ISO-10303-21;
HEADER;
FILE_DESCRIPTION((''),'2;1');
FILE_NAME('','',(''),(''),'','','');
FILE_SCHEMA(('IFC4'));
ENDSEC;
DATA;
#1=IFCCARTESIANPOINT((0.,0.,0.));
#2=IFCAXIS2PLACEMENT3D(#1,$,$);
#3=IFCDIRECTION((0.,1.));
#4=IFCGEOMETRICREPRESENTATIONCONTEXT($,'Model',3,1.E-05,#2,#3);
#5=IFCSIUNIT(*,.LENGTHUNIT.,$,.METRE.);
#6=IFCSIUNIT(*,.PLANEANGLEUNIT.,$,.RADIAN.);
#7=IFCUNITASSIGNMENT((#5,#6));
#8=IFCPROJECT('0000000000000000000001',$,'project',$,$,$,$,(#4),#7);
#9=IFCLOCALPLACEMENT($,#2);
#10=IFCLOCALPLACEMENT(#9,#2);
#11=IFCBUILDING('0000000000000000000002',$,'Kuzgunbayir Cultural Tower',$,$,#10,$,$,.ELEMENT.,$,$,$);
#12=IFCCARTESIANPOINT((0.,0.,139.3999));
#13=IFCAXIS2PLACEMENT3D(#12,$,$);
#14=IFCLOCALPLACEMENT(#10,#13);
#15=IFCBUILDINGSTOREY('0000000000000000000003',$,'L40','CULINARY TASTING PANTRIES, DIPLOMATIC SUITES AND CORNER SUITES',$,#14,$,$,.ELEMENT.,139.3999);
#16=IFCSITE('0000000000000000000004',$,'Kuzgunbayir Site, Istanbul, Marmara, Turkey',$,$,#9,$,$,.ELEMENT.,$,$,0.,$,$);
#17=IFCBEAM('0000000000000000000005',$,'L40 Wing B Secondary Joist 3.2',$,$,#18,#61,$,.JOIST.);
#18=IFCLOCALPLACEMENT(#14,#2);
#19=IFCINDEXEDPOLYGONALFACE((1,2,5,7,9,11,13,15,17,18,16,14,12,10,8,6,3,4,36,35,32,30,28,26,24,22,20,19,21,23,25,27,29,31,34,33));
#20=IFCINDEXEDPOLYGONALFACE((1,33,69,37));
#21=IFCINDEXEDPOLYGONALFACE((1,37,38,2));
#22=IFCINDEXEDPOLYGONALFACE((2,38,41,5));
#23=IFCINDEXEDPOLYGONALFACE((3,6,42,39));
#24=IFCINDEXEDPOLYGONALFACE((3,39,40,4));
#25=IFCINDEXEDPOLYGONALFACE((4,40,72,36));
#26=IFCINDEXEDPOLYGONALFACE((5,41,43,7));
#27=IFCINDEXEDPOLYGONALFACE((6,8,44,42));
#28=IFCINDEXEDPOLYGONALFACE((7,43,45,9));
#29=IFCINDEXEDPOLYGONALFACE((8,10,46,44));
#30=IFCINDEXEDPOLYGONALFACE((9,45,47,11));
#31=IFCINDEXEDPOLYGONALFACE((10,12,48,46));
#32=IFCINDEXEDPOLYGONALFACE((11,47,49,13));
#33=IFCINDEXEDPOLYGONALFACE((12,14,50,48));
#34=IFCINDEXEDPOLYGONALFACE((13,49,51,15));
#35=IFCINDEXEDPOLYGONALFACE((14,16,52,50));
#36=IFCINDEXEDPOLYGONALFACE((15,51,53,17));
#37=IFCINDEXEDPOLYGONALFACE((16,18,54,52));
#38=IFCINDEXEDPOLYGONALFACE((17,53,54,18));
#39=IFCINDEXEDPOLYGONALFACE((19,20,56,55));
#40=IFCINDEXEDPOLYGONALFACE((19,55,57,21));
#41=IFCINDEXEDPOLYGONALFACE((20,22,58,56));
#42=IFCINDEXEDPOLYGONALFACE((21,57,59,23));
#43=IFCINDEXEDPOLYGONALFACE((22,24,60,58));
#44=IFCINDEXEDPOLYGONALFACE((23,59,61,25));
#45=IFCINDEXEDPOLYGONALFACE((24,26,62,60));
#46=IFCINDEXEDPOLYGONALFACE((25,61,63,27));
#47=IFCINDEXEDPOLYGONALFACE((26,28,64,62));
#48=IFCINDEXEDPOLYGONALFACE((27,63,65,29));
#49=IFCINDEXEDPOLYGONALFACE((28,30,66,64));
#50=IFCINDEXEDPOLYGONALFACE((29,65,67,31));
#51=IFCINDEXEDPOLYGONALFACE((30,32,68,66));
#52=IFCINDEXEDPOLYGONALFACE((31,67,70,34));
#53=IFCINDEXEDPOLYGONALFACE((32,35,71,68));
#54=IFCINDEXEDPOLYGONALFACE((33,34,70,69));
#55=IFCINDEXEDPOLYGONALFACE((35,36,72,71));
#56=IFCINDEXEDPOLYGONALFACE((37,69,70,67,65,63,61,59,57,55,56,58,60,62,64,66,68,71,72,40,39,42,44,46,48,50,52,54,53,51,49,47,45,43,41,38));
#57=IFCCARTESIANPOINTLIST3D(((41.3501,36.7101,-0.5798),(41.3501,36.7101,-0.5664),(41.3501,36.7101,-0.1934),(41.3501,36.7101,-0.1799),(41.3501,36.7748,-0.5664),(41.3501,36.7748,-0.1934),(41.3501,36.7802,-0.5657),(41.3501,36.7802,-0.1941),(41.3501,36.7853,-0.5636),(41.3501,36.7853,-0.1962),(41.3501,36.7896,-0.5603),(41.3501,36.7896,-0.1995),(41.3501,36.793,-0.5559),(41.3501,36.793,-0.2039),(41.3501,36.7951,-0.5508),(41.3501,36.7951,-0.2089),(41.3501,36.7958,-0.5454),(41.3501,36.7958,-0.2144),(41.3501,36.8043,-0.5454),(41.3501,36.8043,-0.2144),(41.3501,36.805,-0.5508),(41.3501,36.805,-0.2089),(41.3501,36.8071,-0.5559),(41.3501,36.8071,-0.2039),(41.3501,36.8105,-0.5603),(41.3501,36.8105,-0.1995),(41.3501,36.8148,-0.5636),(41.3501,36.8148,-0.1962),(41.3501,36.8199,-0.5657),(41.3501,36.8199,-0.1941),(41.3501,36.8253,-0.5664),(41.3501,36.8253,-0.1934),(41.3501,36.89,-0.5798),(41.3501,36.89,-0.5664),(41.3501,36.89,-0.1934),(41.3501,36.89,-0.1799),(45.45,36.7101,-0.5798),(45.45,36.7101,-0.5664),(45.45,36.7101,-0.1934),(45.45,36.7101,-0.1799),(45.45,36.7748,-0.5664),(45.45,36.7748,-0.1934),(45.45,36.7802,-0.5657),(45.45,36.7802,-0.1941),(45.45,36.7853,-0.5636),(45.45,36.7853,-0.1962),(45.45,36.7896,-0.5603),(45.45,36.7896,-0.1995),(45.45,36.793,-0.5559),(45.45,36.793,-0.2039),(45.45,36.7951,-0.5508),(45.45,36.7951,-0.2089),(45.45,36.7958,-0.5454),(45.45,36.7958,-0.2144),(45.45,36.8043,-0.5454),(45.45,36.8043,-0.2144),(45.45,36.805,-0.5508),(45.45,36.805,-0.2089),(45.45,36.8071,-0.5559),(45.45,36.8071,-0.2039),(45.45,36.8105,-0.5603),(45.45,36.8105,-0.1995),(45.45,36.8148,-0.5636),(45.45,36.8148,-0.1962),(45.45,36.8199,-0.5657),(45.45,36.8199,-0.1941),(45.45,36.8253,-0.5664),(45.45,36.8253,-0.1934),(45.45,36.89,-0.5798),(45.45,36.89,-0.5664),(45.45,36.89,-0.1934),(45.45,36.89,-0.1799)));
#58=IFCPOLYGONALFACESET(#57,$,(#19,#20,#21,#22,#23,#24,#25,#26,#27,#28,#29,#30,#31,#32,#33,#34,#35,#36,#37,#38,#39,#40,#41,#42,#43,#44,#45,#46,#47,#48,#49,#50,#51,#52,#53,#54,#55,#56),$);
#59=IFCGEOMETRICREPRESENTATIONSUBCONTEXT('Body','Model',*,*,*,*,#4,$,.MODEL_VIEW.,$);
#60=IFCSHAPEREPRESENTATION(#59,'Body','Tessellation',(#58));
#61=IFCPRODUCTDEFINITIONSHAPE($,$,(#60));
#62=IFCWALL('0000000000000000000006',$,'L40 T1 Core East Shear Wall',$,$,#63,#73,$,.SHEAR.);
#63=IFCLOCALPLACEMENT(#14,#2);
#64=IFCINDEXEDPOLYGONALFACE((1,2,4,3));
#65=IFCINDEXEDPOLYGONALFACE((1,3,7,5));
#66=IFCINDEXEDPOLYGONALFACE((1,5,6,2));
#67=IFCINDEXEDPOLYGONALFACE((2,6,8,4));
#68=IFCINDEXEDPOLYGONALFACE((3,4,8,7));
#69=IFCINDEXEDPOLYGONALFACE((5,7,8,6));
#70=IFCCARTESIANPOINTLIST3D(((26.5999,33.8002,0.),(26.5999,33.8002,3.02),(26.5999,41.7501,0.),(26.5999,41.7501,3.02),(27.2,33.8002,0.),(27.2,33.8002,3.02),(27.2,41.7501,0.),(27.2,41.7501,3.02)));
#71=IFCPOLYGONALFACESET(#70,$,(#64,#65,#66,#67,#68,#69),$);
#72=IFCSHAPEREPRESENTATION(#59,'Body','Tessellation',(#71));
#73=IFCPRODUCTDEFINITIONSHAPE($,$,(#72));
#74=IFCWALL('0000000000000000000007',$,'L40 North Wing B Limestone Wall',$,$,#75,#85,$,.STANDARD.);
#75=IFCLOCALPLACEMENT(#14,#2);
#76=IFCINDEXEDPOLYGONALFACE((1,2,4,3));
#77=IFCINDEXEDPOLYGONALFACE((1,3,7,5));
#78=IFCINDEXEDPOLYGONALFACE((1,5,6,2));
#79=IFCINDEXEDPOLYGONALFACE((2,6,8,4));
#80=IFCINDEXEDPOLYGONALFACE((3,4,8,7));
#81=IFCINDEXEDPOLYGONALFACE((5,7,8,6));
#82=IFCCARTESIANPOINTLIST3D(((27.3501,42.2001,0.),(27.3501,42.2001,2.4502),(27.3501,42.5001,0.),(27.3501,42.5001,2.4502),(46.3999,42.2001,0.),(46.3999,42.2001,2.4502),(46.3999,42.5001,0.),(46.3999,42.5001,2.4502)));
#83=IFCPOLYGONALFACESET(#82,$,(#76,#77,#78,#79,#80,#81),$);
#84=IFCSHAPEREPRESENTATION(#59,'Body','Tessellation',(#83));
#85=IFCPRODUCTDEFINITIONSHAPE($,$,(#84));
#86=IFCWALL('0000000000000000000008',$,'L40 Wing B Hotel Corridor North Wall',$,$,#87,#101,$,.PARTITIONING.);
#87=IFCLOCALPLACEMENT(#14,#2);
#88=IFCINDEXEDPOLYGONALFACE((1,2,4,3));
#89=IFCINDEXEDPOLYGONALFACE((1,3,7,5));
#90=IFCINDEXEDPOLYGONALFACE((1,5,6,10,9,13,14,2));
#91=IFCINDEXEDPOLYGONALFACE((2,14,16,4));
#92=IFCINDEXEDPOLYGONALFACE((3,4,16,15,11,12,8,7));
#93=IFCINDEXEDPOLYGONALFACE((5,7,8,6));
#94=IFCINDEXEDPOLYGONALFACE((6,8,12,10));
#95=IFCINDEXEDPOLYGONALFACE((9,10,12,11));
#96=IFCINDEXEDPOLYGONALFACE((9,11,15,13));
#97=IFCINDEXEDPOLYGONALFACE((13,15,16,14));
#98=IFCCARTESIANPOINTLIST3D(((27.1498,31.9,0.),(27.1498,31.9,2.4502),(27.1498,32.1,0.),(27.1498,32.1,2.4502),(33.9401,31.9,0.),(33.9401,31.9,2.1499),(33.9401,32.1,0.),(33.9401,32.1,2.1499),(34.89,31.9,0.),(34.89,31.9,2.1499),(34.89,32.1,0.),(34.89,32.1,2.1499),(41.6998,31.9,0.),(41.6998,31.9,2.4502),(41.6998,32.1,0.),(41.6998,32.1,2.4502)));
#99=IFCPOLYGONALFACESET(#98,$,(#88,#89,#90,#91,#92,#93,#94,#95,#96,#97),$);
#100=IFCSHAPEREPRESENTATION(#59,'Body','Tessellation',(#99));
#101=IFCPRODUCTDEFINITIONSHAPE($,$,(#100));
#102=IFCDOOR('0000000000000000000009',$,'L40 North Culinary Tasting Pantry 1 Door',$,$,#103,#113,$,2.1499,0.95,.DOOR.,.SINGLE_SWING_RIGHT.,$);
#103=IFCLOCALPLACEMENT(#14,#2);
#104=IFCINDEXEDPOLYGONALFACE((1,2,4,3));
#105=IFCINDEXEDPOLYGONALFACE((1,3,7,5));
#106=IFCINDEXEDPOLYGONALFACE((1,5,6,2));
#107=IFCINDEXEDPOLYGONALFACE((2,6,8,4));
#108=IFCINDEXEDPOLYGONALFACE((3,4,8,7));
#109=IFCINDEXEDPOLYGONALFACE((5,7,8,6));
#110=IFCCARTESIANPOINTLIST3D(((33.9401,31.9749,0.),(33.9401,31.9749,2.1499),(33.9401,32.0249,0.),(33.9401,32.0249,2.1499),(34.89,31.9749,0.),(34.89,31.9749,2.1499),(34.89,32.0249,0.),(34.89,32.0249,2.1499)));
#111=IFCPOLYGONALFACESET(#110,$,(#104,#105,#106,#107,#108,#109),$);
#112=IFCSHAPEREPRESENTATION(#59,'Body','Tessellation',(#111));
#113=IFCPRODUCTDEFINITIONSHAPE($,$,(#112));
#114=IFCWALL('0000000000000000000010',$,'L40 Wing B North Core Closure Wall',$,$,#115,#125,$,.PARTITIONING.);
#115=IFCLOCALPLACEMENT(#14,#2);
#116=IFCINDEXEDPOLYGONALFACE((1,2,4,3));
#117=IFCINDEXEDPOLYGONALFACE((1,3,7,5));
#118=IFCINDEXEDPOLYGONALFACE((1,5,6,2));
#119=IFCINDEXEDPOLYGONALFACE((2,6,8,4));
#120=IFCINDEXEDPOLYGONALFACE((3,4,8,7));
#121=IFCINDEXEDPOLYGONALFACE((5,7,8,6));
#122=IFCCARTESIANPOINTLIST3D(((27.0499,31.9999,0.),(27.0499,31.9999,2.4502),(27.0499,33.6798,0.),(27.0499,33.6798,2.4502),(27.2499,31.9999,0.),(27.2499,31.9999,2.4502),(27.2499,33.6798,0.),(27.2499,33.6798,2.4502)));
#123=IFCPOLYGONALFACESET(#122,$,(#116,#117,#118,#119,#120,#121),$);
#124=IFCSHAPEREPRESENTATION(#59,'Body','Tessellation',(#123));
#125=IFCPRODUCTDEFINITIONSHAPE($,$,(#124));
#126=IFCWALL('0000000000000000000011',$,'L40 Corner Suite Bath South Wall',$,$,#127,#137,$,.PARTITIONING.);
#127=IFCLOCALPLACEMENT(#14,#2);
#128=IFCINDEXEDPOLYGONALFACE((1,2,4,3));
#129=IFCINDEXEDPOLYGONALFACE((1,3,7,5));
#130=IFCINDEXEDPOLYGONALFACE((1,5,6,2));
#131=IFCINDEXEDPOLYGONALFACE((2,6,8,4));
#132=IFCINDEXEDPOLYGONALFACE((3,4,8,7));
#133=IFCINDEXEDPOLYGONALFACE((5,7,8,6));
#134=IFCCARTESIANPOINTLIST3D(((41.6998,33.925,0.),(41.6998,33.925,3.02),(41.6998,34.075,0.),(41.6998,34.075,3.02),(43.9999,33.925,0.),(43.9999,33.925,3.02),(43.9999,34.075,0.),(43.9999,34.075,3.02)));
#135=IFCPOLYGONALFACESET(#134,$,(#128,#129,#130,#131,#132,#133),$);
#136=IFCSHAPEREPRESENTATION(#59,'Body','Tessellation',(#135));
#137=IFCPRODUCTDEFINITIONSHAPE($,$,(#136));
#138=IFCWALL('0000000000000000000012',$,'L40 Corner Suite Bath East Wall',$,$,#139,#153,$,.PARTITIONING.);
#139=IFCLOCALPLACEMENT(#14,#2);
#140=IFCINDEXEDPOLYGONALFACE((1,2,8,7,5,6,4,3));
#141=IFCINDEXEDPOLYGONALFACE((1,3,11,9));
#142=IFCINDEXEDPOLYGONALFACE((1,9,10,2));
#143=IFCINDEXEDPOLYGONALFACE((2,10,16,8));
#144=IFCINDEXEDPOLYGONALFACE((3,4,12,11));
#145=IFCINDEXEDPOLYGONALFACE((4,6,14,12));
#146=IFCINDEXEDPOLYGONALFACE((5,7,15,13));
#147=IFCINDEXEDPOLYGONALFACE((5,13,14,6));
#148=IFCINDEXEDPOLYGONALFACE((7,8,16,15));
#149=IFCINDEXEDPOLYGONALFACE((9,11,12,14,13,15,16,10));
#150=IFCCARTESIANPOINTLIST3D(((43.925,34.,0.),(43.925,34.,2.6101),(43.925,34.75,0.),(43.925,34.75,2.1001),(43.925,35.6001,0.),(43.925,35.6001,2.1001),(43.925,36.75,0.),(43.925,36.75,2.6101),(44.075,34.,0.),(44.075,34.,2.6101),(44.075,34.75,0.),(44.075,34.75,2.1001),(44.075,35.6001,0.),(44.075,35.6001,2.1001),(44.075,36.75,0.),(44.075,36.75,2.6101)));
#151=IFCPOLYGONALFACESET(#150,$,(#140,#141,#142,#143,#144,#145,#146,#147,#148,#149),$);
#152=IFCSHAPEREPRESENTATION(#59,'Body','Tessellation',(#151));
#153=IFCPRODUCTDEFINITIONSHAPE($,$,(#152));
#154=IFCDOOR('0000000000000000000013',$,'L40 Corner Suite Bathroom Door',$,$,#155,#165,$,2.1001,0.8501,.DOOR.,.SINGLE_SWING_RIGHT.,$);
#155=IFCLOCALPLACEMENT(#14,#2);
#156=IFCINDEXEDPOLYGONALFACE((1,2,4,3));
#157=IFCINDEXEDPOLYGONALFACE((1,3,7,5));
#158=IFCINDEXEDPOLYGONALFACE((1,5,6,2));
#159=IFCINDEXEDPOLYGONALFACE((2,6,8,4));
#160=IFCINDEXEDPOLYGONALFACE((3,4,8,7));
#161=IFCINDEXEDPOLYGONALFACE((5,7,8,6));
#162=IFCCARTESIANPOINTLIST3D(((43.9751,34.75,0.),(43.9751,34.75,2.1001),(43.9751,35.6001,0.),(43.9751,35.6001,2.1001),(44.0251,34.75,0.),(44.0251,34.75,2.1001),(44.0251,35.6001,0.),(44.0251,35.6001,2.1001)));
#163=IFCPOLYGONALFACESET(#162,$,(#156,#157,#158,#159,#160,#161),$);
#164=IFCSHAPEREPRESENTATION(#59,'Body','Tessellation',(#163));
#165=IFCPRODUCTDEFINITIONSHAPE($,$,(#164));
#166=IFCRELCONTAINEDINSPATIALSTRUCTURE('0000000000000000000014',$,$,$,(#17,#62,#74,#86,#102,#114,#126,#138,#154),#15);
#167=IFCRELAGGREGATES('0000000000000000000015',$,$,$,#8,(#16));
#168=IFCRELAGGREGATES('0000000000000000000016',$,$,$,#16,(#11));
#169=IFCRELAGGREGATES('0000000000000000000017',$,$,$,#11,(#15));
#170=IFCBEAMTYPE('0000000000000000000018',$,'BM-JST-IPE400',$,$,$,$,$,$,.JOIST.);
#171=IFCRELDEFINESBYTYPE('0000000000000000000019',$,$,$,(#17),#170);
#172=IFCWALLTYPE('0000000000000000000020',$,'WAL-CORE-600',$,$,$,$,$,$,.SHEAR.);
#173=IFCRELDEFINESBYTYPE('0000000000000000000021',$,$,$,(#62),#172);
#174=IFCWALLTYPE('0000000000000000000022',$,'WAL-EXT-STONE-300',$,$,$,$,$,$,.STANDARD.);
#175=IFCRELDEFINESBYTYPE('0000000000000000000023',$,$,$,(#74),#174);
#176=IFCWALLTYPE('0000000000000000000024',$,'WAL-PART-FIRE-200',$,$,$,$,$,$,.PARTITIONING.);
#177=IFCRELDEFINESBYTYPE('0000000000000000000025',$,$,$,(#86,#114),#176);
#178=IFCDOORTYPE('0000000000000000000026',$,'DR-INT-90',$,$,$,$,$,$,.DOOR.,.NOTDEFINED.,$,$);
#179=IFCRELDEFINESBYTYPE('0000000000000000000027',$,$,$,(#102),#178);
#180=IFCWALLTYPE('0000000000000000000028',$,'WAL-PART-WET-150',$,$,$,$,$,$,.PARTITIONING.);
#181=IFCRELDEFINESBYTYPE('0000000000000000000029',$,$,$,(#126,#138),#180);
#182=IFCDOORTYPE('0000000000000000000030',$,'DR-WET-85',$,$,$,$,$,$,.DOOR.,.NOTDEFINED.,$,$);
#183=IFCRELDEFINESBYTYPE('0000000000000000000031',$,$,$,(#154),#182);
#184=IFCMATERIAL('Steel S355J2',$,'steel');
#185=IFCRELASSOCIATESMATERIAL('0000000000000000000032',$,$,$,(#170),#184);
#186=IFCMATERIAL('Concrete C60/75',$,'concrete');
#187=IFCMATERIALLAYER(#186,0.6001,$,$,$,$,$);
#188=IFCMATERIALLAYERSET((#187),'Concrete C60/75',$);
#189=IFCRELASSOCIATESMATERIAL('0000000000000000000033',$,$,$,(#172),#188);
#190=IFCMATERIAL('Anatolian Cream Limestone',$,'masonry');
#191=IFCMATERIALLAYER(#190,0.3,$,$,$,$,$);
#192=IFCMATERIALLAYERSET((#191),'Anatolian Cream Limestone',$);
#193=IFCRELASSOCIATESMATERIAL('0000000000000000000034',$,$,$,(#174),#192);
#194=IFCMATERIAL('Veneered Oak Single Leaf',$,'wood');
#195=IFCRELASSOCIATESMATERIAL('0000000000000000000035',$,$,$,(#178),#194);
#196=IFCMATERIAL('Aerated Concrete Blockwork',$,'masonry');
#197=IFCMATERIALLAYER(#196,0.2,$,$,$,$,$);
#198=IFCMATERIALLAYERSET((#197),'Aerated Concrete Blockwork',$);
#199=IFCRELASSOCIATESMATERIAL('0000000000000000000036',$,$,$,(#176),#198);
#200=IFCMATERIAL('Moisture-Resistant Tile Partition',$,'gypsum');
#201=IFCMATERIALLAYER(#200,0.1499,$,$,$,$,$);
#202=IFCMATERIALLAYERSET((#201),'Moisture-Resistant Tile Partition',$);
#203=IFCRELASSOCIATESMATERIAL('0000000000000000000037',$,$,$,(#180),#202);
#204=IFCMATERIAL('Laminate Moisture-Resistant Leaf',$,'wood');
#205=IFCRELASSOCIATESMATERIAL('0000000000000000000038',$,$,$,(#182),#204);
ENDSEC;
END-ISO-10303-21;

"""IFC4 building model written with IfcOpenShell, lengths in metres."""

from ifc_helpers import new_model, si_unit, direction, frame, frame_2d, origin, origin_2d, place, context, subcontext, project, spatial, rectangle, i_section, extrude, material, layer, layer_set, material_profile, profile_set, type_object, element, fill, save


model = new_model("IFC4")

# Units and contexts
model_context = context("Model", 3, precision=1e-05, world=origin(), true_north=direction((0.0, 1.0)))
body_context = subcontext(model_context, "Body", "Model", "MODEL_VIEW")
ifc_project = project(units=[si_unit("LENGTHUNIT", "METRE"), si_unit("PLANEANGLEUNIT", "RADIAN")], contexts=[model_context])

# Site, building, storey
site_placement = place(None, origin())
site = spatial("IfcSite", under=ifc_project, at=site_placement, Name="Kuzgunbayir Site, Istanbul, Marmara, Turkey", CompositionType="ELEMENT", RefElevation=0.0)
building_placement = place(site_placement, origin())
building = spatial("IfcBuilding", under=site, at=building_placement, Name="Kuzgunbayir Cultural Tower", CompositionType="ELEMENT")
storey_placement = place(building_placement, frame((0.0, 0.0, 139.3999)))
storey = spatial("IfcBuildingStorey", under=building, at=storey_placement, Name="L40", Description="CULINARY TASTING PANTRIES, DIPLOMATIC SUITES AND CORNER SUITES", CompositionType="ELEMENT", Elevation=139.3999)

# Beam
ifc_material_1 = material(Name="Steel S355J2", Category="steel")
ifc_material_profile_1 = material_profile(ifc_material_1, i_section(OverallWidth=0.1799, OverallDepth=0.3999, WebThickness=0.0085, FlangeThickness=0.0134, FilletRadius=0.021, at=origin_2d()), Name="IPE 400")
ifc_profile_set_1 = profile_set([ifc_material_profile_1], Name="Steel S355J2")
beam_type_1 = type_object("IfcBeamType", Name="BM-JST-IPE400", PredefinedType="JOIST", material=ifc_profile_set_1)
for number, where, z_axis, x_axis, name in (
    (1, (41.3501, 36.8, -0.3799), (1.0, 0.0, 0.0), (0.0, 1.0, 0.0), "L40 Wing B Secondary Joist 3.2"),
):
    element("IfcBeam", number, at=place(storey_placement, frame(where, z_axis=z_axis, x_axis=x_axis)), inside=storey, type_object=beam_type_1, Name=name, PredefinedType="JOIST", context=body_context, shape_type="SweptSolid", body=[
        extrude(i_section(OverallWidth=0.1799, OverallDepth=0.3999, WebThickness=0.0085, FlangeThickness=0.0134, FilletRadius=0.021, at=origin_2d()), origin(), (0.0, 0.0, 1.0), 4.0999),
    ])

# Walls
ifc_material_2 = material(Name="Concrete C60/75", Category="concrete")
ifc_layer_1 = layer(ifc_material_2, 0.6001)
ifc_layer_set_1 = layer_set([ifc_layer_1], Name="Concrete C60/75")
wall_type_1 = type_object("IfcWallType", Name="WAL-CORE-600", PredefinedType="SHEAR", material=ifc_layer_set_1)
wall_1_placement = place(storey_placement, frame((26.8999, 33.8, 0.0), z_axis=(0.0, 0.0, 1.0), x_axis=(0.0, 1.0, 0.0)))
element("IfcWall", 2, at=wall_1_placement, inside=storey, type_object=wall_type_1, Name="L40 T1 Core East Shear Wall", PredefinedType="SHEAR", context=body_context, shape_type="SweptSolid", body=[
    extrude(rectangle(XDim=7.95, YDim=0.6001, at=frame_2d((3.9751, 0.0))), origin(), (0.0, 0.0, 1.0), 3.02),
])
ifc_material_3 = material(Name="Anatolian Cream Limestone", Category="masonry")
ifc_layer_2 = layer(ifc_material_3, 0.3)
ifc_layer_set_2 = layer_set([ifc_layer_2], Name="Anatolian Cream Limestone")
wall_type_2 = type_object("IfcWallType", Name="WAL-EXT-STONE-300", PredefinedType="STANDARD", material=ifc_layer_set_2)
wall_2_placement = place(storey_placement, frame((46.3999, 42.3501, 0.0), z_axis=(0.0, 0.0, 1.0), x_axis=(-1.0, 0.0, 0.0)))
element("IfcWall", 3, at=wall_2_placement, inside=storey, type_object=wall_type_2, Name="L40 North Wing B Limestone Wall", PredefinedType="STANDARD", context=body_context, shape_type="SweptSolid", body=[
    extrude(rectangle(XDim=19.0498, YDim=0.3, at=frame_2d((9.5249, 0.0))), origin(), (0.0, 0.0, 1.0), 2.4502),
])

# Shared definitions
ifc_material_4 = material(Name="Veneered Oak Single Leaf", Category="wood")
door_type_1 = type_object("IfcDoorType", Name="DR-INT-90", OperationType="NOTDEFINED", PredefinedType="DOOR", material=ifc_material_4)

# Shared definitions
ifc_material_5 = material(Name="Aerated Concrete Blockwork", Category="masonry")
ifc_layer_3 = layer(ifc_material_5, 0.2)
ifc_layer_set_3 = layer_set([ifc_layer_3], Name="Aerated Concrete Blockwork")
wall_type_3 = type_object("IfcWallType", Name="WAL-PART-FIRE-200", PredefinedType="PARTITIONING", material=ifc_layer_set_3)

# Wall, opening, door
wall_3_placement = place(storey_placement, frame((27.1499, 32.0, 0.0), z_axis=(0.0, 0.0, 1.0), x_axis=(1.0, 0.0, 0.0)))
wall_3 = element("IfcWall", 4, at=wall_3_placement, inside=storey, type_object=wall_type_3, Name="L40 Wing B Hotel Corridor North Wall", PredefinedType="PARTITIONING", context=body_context, shape_type="SweptSolid", body=[
    extrude(rectangle(XDim=14.55, YDim=0.2, at=frame_2d((7.2749, 0.0))), origin(), (0.0, 0.0, 1.0), 2.4502),
])
opening_1_placement = place(wall_3_placement, frame((6.79, 0.0, 0.0)))
opening_1 = element("IfcOpeningElement", 5, at=opening_1_placement, cuts=wall_3, PredefinedType="OPENING", context=body_context, shape_type="SweptSolid", body=[
    extrude(rectangle(XDim=0.95, YDim=2.1499, at=frame_2d((0.4751, 1.075))), frame((0.0, 0.1099, 0.0), z_axis=(0.0, -1.0, 0.0), x_axis=(1.0, 0.0, 0.0)), (0.0, 0.0, 1.0), 0.22),
])
door_1_placement = place(opening_1_placement, origin())
door_1 = element("IfcDoor", 6, at=door_1_placement, inside=storey, type_object=door_type_1, Name="L40 North Culinary Tasting Pantry 1 Door", OperationType="SINGLE_SWING_RIGHT", OverallHeight=2.1499, OverallWidth=0.95, PredefinedType="DOOR", context=body_context, shape_type="SweptSolid", body=[
    extrude(rectangle(XDim=0.95, YDim=2.1499, at=frame_2d((0.4751, 1.075))), frame((0.0, 0.0249, 0.0), z_axis=(0.0, -1.0, 0.0), x_axis=(1.0, 0.0, 0.0)), (0.0, 0.0, 1.0), 0.05),
])
fill(opening_1, door_1)

# Walls
wall_4_placement = place(storey_placement, frame((27.1499, 32.0, 0.0), z_axis=(0.0, 0.0, 1.0), x_axis=(0.0, 1.0, 0.0)))
element("IfcWall", 7, at=wall_4_placement, inside=storey, type_object=wall_type_3, Name="L40 Wing B North Core Closure Wall", PredefinedType="PARTITIONING", context=body_context, shape_type="SweptSolid", body=[
    extrude(rectangle(XDim=1.6799, YDim=0.2, at=frame_2d((0.8398, 0.0))), origin(), (0.0, 0.0, 1.0), 2.4502),
])
ifc_material_6 = material(Name="Moisture-Resistant Tile Partition", Category="gypsum")
ifc_layer_4 = layer(ifc_material_6, 0.1499)
ifc_layer_set_4 = layer_set([ifc_layer_4], Name="Moisture-Resistant Tile Partition")
wall_type_4 = type_object("IfcWallType", Name="WAL-PART-WET-150", PredefinedType="PARTITIONING", material=ifc_layer_set_4)
wall_5_placement = place(storey_placement, frame((41.7, 34.0, 0.0), z_axis=(0.0, 0.0, 1.0), x_axis=(1.0, 0.0, 0.0)))
element("IfcWall", 8, at=wall_5_placement, inside=storey, type_object=wall_type_4, Name="L40 Corner Suite Bath South Wall", PredefinedType="PARTITIONING", context=body_context, shape_type="SweptSolid", body=[
    extrude(rectangle(XDim=2.3, YDim=0.1499, at=frame_2d((1.1499, 0.0))), origin(), (0.0, 0.0, 1.0), 3.02),
])

# Wall, opening, door
wall_6_placement = place(storey_placement, frame((44.0, 34.0, 0.0), z_axis=(0.0, 0.0, 1.0), x_axis=(0.0, 1.0, 0.0)))
wall_6 = element("IfcWall", 9, at=wall_6_placement, inside=storey, type_object=wall_type_4, Name="L40 Corner Suite Bath East Wall", PredefinedType="PARTITIONING", context=body_context, shape_type="SweptSolid", body=[
    extrude(rectangle(XDim=2.75, YDim=0.1499, at=frame_2d((1.375, 0.0))), origin(), (0.0, 0.0, 1.0), 2.6101),
])
opening_2_placement = place(wall_6_placement, frame((0.75, 0.0, 0.0)))
opening_2 = element("IfcOpeningElement", 10, at=opening_2_placement, cuts=wall_6, PredefinedType="OPENING", context=body_context, shape_type="SweptSolid", body=[
    extrude(rectangle(XDim=0.8501, YDim=2.1001, at=frame_2d((0.425, 1.05))), frame((0.0, 0.085, 0.0), z_axis=(0.0, -1.0, 0.0), x_axis=(1.0, 0.0, 0.0)), (0.0, 0.0, 1.0), 0.1699),
])
ifc_material_7 = material(Name="Laminate Moisture-Resistant Leaf", Category="wood")
door_type_2 = type_object("IfcDoorType", Name="DR-WET-85", OperationType="NOTDEFINED", PredefinedType="DOOR", material=ifc_material_7)
door_2_placement = place(opening_2_placement, origin())
door_2 = element("IfcDoor", 11, at=door_2_placement, inside=storey, type_object=door_type_2, Name="L40 Corner Suite Bathroom Door", OperationType="SINGLE_SWING_RIGHT", OverallHeight=2.1001, OverallWidth=0.8501, PredefinedType="DOOR", context=body_context, shape_type="SweptSolid", body=[
    extrude(rectangle(XDim=0.8501, YDim=2.1001, at=frame_2d((0.425, 1.05))), frame((0.0, 0.0249, 0.0), z_axis=(0.0, -1.0, 0.0), x_axis=(1.0, 0.0, 0.0)), (0.0, 0.0, 1.0), 0.05),
])
fill(opening_2, door_2)

save(model, "model.ifc")
